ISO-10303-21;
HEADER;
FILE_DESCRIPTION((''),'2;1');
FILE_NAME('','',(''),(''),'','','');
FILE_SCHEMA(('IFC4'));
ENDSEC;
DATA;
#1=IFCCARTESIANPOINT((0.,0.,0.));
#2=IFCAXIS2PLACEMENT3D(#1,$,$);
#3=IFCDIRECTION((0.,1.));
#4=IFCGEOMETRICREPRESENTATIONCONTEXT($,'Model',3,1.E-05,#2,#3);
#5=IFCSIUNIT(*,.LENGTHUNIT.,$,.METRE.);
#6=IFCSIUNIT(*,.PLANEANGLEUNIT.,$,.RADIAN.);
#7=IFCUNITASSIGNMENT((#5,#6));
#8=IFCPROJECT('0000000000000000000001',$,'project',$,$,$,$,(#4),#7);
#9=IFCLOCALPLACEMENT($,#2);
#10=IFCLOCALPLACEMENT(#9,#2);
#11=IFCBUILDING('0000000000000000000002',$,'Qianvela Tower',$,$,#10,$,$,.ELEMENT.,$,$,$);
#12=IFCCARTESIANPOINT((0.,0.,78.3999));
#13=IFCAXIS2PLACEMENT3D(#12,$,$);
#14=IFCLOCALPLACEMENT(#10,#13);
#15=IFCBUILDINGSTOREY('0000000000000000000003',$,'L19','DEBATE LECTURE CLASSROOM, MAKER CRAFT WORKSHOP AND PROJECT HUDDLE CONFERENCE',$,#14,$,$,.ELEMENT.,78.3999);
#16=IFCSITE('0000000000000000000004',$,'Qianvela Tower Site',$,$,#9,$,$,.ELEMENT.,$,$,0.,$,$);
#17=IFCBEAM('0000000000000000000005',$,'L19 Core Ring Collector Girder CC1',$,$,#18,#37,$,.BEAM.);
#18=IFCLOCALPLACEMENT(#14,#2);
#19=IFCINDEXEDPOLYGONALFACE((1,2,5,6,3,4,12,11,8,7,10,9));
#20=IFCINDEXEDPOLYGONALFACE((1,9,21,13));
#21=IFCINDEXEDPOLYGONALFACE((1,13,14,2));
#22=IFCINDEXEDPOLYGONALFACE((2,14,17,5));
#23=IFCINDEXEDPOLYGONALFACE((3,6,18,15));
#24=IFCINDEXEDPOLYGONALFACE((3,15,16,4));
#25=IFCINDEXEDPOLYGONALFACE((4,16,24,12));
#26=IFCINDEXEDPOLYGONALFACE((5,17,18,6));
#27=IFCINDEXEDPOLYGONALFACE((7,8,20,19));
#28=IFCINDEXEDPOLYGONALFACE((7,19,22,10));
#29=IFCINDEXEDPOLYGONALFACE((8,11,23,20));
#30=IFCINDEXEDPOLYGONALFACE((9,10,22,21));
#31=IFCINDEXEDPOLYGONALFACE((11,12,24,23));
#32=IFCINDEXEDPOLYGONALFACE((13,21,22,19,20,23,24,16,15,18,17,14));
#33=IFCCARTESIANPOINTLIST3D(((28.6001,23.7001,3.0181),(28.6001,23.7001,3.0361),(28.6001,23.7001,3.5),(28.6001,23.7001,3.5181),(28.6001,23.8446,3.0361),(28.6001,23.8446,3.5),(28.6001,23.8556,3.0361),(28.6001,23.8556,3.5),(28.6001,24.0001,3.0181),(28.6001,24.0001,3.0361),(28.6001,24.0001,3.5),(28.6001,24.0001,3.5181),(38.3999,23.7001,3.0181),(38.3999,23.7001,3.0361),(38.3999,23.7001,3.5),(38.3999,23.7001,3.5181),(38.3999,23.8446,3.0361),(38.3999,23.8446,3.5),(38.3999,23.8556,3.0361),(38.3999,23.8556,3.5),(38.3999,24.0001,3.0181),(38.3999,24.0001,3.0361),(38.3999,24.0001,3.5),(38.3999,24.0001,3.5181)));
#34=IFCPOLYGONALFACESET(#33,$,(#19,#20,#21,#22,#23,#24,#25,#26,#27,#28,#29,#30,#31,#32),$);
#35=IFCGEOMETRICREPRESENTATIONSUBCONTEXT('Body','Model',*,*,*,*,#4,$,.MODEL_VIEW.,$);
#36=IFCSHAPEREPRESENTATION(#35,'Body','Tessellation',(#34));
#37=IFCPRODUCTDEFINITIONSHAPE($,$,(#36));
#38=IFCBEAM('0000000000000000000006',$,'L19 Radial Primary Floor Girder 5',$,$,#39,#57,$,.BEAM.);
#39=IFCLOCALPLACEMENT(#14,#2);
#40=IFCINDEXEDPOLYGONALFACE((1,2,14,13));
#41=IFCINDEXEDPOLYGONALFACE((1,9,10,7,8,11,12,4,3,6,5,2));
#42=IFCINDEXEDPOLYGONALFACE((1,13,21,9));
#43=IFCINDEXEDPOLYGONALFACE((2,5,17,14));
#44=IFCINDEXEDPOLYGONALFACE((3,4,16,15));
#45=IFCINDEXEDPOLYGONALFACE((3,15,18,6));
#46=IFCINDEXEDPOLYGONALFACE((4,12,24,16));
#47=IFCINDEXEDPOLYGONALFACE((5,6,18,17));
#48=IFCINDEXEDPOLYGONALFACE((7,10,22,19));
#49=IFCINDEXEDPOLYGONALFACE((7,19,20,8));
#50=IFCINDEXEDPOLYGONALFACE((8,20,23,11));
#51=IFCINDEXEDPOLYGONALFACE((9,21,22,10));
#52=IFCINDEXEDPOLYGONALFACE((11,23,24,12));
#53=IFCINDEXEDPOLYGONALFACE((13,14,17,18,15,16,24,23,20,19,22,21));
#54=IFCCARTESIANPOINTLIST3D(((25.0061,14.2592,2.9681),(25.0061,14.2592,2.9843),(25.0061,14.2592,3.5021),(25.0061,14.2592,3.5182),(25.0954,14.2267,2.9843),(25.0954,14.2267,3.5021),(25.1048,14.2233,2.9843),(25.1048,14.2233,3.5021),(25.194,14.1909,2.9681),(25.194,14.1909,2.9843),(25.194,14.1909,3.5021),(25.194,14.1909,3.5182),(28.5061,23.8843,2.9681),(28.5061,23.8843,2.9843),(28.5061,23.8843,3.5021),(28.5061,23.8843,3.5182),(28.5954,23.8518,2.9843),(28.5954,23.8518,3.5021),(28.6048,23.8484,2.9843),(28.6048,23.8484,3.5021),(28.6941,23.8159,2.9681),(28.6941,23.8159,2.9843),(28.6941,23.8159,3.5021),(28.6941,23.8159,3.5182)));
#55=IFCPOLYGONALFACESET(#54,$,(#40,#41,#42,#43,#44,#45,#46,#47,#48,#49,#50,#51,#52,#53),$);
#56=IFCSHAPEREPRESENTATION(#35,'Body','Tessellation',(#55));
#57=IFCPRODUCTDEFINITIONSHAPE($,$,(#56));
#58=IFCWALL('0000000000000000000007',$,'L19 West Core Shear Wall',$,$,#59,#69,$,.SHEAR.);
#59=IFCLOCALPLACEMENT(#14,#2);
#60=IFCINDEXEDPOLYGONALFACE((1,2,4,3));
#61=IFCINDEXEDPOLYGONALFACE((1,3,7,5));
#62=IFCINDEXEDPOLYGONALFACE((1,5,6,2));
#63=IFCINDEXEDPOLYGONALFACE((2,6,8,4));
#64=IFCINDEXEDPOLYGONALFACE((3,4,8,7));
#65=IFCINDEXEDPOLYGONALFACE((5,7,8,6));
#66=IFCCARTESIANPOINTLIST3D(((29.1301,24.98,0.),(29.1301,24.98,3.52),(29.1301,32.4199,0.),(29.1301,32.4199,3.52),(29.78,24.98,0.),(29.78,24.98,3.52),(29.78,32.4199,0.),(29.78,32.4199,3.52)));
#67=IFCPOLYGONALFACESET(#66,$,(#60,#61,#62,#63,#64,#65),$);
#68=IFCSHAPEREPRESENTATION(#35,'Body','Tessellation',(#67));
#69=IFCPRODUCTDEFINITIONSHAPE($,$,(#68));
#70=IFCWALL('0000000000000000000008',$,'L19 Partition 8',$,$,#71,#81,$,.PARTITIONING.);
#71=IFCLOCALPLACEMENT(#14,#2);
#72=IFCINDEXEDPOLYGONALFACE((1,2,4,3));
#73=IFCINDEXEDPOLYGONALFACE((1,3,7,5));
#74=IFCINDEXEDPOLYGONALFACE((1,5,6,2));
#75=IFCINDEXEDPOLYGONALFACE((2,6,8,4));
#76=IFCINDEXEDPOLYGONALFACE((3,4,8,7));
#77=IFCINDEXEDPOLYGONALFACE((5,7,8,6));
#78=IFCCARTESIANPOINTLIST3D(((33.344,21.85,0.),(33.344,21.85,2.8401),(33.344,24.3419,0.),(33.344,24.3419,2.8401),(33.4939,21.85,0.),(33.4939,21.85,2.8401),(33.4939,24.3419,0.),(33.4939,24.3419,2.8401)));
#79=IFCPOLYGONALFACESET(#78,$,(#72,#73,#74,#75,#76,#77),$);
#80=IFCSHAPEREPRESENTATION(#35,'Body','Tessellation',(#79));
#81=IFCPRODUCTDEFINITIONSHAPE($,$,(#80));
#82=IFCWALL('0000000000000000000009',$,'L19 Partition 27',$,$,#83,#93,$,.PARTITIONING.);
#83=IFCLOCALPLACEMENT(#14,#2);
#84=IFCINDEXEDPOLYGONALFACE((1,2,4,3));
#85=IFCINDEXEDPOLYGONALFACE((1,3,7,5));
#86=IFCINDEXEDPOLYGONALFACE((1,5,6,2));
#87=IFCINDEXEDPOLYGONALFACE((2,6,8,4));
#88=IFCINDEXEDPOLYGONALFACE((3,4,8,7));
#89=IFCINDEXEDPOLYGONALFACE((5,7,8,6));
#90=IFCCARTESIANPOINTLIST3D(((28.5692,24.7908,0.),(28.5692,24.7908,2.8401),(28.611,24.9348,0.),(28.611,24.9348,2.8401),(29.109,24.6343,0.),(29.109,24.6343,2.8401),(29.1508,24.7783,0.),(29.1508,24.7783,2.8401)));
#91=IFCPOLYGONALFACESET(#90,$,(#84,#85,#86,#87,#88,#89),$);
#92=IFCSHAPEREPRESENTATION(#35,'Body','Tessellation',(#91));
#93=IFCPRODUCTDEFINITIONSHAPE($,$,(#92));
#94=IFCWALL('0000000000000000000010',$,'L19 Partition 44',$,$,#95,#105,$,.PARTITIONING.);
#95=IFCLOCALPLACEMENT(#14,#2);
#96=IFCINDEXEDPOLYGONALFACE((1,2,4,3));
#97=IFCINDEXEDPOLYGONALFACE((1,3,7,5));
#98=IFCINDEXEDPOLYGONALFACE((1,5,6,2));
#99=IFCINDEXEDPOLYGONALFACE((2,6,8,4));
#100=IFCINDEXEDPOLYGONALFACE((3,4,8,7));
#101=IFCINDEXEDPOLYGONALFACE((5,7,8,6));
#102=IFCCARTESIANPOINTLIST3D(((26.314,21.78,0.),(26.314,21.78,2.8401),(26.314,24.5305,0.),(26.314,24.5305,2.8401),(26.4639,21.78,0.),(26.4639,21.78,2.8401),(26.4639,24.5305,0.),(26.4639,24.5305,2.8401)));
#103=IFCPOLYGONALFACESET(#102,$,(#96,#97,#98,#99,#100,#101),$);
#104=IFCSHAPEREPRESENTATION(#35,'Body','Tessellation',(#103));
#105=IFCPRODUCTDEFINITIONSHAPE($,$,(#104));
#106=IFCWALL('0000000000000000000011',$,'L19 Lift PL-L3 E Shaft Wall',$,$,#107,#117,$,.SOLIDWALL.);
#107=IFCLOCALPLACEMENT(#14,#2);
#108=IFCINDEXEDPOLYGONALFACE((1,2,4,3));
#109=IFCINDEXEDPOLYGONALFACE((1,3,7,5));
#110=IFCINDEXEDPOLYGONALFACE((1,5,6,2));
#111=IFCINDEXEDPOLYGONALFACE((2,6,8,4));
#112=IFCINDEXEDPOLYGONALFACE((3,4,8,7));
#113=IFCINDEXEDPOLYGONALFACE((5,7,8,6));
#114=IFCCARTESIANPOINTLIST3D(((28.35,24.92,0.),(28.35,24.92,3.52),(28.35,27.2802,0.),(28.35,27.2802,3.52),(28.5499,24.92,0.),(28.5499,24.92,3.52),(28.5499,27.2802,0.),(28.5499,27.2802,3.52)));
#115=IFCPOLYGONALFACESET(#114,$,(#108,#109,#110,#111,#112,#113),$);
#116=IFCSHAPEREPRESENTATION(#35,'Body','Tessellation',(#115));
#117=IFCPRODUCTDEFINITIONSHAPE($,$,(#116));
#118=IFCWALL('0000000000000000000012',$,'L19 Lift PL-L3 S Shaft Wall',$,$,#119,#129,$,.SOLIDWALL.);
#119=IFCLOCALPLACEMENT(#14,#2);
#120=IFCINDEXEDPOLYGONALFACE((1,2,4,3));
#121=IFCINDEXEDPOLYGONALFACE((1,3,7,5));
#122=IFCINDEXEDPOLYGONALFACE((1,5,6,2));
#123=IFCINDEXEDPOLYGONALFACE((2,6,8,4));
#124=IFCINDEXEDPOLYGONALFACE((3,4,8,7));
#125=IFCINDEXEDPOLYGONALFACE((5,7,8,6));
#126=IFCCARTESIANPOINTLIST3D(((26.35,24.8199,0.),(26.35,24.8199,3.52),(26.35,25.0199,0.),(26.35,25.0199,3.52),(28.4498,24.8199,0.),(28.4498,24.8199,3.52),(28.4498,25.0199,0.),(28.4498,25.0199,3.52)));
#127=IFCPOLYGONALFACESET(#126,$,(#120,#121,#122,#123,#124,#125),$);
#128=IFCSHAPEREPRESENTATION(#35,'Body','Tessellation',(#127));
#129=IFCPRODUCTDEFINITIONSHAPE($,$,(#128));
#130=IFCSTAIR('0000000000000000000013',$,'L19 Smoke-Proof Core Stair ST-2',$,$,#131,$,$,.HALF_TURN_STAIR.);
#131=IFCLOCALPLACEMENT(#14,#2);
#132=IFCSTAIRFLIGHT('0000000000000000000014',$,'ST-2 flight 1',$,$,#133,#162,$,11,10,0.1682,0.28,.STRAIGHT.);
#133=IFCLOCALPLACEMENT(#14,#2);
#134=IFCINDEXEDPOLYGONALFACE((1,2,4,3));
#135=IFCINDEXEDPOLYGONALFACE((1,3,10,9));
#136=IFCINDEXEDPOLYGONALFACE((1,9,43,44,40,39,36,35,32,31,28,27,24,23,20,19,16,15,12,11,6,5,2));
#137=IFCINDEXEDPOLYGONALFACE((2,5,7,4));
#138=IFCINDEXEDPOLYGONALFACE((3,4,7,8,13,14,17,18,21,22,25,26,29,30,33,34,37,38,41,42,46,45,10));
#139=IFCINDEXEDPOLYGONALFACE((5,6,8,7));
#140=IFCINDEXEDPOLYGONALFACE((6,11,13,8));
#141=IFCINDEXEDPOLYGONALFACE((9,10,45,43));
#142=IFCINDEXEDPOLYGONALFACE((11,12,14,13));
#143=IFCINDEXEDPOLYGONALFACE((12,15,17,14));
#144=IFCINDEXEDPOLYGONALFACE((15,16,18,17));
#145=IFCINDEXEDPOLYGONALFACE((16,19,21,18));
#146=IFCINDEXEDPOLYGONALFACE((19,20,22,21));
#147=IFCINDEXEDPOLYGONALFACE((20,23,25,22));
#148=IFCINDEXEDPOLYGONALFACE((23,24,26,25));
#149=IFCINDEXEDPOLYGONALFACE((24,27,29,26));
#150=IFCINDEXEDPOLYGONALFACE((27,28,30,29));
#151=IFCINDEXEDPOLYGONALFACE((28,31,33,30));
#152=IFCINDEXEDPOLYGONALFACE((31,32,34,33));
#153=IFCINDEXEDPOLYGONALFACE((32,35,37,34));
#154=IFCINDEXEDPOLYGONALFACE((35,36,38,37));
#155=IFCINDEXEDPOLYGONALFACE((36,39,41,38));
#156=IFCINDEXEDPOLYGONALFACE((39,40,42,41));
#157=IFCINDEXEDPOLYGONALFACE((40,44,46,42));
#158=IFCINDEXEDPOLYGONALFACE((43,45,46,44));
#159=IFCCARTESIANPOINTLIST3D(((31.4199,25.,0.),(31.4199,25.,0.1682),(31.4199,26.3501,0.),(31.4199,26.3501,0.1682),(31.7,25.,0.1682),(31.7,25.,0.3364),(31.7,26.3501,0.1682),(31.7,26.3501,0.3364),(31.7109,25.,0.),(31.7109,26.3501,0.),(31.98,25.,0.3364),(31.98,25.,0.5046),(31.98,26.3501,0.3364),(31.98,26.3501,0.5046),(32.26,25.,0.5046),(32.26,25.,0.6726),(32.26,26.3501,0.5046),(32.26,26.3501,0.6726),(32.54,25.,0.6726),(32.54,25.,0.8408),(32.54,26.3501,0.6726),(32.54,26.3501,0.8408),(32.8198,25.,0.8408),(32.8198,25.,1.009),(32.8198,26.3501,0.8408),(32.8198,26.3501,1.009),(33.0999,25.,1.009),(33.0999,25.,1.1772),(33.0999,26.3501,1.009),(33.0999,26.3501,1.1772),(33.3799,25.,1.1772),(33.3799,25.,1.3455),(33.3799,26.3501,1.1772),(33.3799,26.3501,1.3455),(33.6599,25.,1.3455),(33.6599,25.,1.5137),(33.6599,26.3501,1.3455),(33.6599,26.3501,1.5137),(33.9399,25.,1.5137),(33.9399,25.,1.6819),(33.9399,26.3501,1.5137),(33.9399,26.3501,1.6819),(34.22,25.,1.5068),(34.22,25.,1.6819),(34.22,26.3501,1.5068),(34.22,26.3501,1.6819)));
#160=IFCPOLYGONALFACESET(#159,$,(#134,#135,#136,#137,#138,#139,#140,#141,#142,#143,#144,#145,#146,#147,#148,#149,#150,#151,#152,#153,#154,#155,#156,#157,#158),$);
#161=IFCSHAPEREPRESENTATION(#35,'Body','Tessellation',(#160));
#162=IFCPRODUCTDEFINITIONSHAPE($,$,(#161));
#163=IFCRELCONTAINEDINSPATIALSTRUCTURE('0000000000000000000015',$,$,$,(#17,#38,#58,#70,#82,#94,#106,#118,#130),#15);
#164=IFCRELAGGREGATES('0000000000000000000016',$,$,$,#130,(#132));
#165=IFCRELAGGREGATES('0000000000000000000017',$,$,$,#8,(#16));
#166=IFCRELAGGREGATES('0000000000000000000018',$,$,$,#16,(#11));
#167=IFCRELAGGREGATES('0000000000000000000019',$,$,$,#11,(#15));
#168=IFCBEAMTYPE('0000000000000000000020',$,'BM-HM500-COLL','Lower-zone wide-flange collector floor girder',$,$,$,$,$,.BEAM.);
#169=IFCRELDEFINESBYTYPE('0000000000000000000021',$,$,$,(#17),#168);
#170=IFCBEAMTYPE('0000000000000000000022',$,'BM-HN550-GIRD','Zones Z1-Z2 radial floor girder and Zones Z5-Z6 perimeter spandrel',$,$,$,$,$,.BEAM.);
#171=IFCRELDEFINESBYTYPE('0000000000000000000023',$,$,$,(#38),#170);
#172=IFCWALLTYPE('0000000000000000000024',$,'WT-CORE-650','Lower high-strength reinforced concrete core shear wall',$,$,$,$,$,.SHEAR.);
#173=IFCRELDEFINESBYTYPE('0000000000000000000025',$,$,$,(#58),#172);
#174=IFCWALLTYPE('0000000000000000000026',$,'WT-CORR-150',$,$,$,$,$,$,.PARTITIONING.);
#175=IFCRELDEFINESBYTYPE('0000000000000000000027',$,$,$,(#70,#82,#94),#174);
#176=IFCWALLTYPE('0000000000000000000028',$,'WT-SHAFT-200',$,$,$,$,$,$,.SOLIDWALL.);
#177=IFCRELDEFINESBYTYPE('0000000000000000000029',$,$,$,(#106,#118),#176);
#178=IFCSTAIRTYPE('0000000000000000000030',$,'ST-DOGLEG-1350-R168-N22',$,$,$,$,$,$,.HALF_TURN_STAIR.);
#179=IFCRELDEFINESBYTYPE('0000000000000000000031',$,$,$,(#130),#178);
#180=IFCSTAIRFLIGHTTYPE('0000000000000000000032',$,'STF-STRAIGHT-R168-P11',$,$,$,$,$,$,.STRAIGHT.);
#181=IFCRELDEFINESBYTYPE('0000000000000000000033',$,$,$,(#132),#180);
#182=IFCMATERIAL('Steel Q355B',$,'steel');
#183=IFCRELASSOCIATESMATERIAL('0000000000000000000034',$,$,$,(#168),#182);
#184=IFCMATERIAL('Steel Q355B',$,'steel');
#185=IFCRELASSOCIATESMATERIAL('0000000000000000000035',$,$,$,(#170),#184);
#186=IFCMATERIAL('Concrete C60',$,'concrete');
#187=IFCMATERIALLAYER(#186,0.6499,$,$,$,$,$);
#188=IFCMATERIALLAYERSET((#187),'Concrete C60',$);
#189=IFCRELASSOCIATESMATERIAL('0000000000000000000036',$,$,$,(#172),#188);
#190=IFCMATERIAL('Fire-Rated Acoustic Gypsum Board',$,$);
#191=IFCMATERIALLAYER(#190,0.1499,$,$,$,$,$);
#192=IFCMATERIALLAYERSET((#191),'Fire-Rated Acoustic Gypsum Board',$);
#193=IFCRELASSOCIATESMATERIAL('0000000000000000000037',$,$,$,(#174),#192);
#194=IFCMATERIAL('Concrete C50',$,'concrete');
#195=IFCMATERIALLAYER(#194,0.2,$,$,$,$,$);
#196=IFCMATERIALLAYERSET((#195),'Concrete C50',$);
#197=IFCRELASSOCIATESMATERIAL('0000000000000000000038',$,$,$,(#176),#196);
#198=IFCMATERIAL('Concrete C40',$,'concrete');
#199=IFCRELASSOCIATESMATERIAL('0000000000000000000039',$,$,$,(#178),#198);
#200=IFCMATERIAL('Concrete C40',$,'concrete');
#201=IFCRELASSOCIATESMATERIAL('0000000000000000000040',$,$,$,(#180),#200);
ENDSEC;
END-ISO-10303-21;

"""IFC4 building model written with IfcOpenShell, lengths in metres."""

from ifc_helpers import new_model, si_unit, direction, frame, frame_2d, origin, origin_2d, place, context, subcontext, project, spatial, polyline, rectangle, i_section, outline, extrude, material, layer, layer_set, material_profile, profile_set, type_object, element, aggregate, save


model = new_model("IFC4")

# Units and contexts
model_context = context("Model", 3, precision=1e-05, world=origin(), true_north=direction((0.0, 1.0)))
body_context = subcontext(model_context, "Body", "Model", "MODEL_VIEW")
ifc_project = project(units=[si_unit("LENGTHUNIT", "METRE"), si_unit("PLANEANGLEUNIT", "RADIAN")], contexts=[model_context])

# Site, building, storey
site_placement = place(None, origin())
site = spatial("IfcSite", under=ifc_project, at=site_placement, Name="Qianvela Tower Site", CompositionType="ELEMENT", RefElevation=0.0)
building_placement = place(site_placement, origin())
building = spatial("IfcBuilding", under=site, at=building_placement, Name="Qianvela Tower", CompositionType="ELEMENT")
storey_placement = place(building_placement, frame((0.0, 0.0, 78.3999)))
storey = spatial("IfcBuildingStorey", under=building, at=storey_placement, Name="L19", Description="DEBATE LECTURE CLASSROOM, MAKER CRAFT WORKSHOP AND PROJECT HUDDLE CONFERENCE", CompositionType="ELEMENT", Elevation=78.3999)

# Beams
ifc_material_1 = material(Name="Steel Q355B", Category="steel")
ifc_material_profile_1 = material_profile(ifc_material_1, i_section(OverallWidth=0.3, OverallDepth=0.5, WebThickness=0.011, FlangeThickness=0.0181, at=origin_2d()), Name="HM500x300x11x18")
ifc_profile_set_1 = profile_set([ifc_material_profile_1], Name="Steel Q355B")
beam_type_1 = type_object("IfcBeamType", Name="BM-HM500-COLL", Description="Lower-zone wide-flange collector floor girder", PredefinedType="BEAM", material=ifc_profile_set_1)
beam_1_placement = place(storey_placement, frame((28.6001, 23.8501, 3.2681), z_axis=(1.0, 0.0, 0.0), x_axis=(0.0, 1.0, 0.0)))
element("IfcBeam", 1, at=beam_1_placement, inside=storey, type_object=beam_type_1, Name="L19 Core Ring Collector Girder CC1", PredefinedType="BEAM", context=body_context, shape_type="SweptSolid", body=[
    extrude(i_section(OverallWidth=0.3, OverallDepth=0.5, WebThickness=0.011, FlangeThickness=0.0181, at=origin_2d()), origin(), (0.0, 0.0, 1.0), 9.7998),
])
ifc_material_2 = material(Name="Steel Q355B", Category="steel")
ifc_material_profile_2 = material_profile(ifc_material_2, i_section(OverallWidth=0.2, OverallDepth=0.55, WebThickness=0.01, FlangeThickness=0.0161, at=origin_2d()), Name="HN550x200x10x16")
ifc_profile_set_2 = profile_set([ifc_material_profile_2], Name="Steel Q355B")
beam_type_2 = type_object("IfcBeamType", Name="BM-HN550-GIRD", Description="Zones Z1-Z2 radial floor girder and Zones Z5-Z6 perimeter spandrel", PredefinedType="BEAM", material=ifc_profile_set_2)
beam_2_placement = place(storey_placement, frame((28.6001, 23.8501, 3.2432), z_axis=(-0.341743, -0.939793, 0.0), x_axis=(0.939793, -0.341743, 0.0)))
element("IfcBeam", 2, at=beam_2_placement, inside=storey, type_object=beam_type_2, Name="L19 Radial Primary Floor Girder 5", PredefinedType="BEAM", context=body_context, shape_type="SweptSolid", body=[
    extrude(i_section(OverallWidth=0.2, OverallDepth=0.55, WebThickness=0.01, FlangeThickness=0.0161, at=origin_2d()), origin(), (0.0, 0.0, 1.0), 10.2417),
])

# Shared definitions
ifc_material_3 = material(Name="Concrete C60", Category="concrete")
ifc_layer_1 = layer(ifc_material_3, 0.6499)
ifc_layer_set_1 = layer_set([ifc_layer_1], Name="Concrete C60")
wall_type_1 = type_object("IfcWallType", Name="WT-CORE-650", Description="Lower high-strength reinforced concrete core shear wall", PredefinedType="SHEAR", material=ifc_layer_set_1)

# Walls
wall_1_placement = place(storey_placement, frame((29.4551, 24.98, 0.0), z_axis=(0.0, 0.0, 1.0), x_axis=(0.0, 1.0, 0.0)))
element("IfcWall", 3, at=wall_1_placement, inside=storey, type_object=wall_type_1, Name="L19 West Core Shear Wall", PredefinedType="SHEAR", context=body_context, shape_type="SweptSolid", body=[
    extrude(rectangle(XDim=7.4399, YDim=0.6499, at=frame_2d((3.72, 0.0))), origin(), (0.0, 0.0, 1.0), 3.52),
])
ifc_material_4 = material(Name="Fire-Rated Acoustic Gypsum Board")
ifc_layer_2 = layer(ifc_material_4, 0.1499)
ifc_layer_set_2 = layer_set([ifc_layer_2], Name="Fire-Rated Acoustic Gypsum Board")
wall_type_2 = type_object("IfcWallType", Name="WT-CORR-150", PredefinedType="PARTITIONING", material=ifc_layer_set_2)
wall_2_placement = place(storey_placement, frame((33.4189, 24.342, 0.0), z_axis=(0.0, 0.0, 1.0), x_axis=(0.0, -1.0, 0.0)))
element("IfcWall", 4, at=wall_2_placement, inside=storey, type_object=wall_type_2, Name="L19 Partition 8", PredefinedType="PARTITIONING", context=body_context, shape_type="SweptSolid", body=[
    extrude(rectangle(XDim=2.4919, YDim=0.1499, at=frame_2d((1.2461, 0.0))), origin(), (0.0, 0.0, 1.0), 2.8401),
])
wall_3_placement = place(storey_placement, frame((29.1299, 24.7063, 0.0), z_axis=(0.0, 0.0, 1.0), x_axis=(-0.960451, 0.278448, 0.0)))
element("IfcWall", 5, at=wall_3_placement, inside=storey, type_object=wall_type_2, Name="L19 Partition 27", PredefinedType="PARTITIONING", context=body_context, shape_type="SweptSolid", body=[
    extrude(rectangle(XDim=0.562, YDim=0.1499, at=frame_2d((0.281, 0.0))), origin(), (0.0, 0.0, 1.0), 2.8401),
])
wall_4_placement = place(storey_placement, frame((26.3889, 24.5305, 0.0), z_axis=(0.0, 0.0, 1.0), x_axis=(0.0, -1.0, 0.0)))
element("IfcWall", 6, at=wall_4_placement, inside=storey, type_object=wall_type_2, Name="L19 Partition 44", PredefinedType="PARTITIONING", context=body_context, shape_type="SweptSolid", body=[
    extrude(rectangle(XDim=2.7505, YDim=0.1499, at=frame_2d((1.3752, 0.0))), origin(), (0.0, 0.0, 1.0), 2.8401),
])
ifc_material_5 = material(Name="Concrete C50", Category="concrete")
ifc_layer_3 = layer(ifc_material_5, 0.2)
ifc_layer_set_3 = layer_set([ifc_layer_3], Name="Concrete C50")
wall_type_3 = type_object("IfcWallType", Name="WT-SHAFT-200", PredefinedType="SOLIDWALL", material=ifc_layer_set_3)
wall_5_placement = place(storey_placement, frame((28.45, 24.9199, 0.0), z_axis=(0.0, 0.0, 1.0), x_axis=(0.0, 1.0, 0.0)))
element("IfcWall", 7, at=wall_5_placement, inside=storey, type_object=wall_type_3, Name="L19 Lift PL-L3 E Shaft Wall", PredefinedType="SOLIDWALL", context=body_context, shape_type="SweptSolid", body=[
    extrude(rectangle(XDim=2.3601, YDim=0.2, at=frame_2d((1.1802, 0.0))), origin(), (0.0, 0.0, 1.0), 3.52),
])

# Wall
wall_6_placement = place(storey_placement, frame((26.3501, 24.9199, 0.0), z_axis=(0.0, 0.0, 1.0), x_axis=(1.0, 0.0, 0.0)))
element("IfcWall", 8, at=wall_6_placement, inside=storey, type_object=wall_type_3, Name="L19 Lift PL-L3 S Shaft Wall", PredefinedType="SOLIDWALL", context=body_context, shape_type="SweptSolid", body=[
    extrude(rectangle(XDim=2.0999, YDim=0.2, at=frame_2d((1.0498, 0.0))), origin(), (0.0, 0.0, 1.0), 3.52),
])

# Stair, stair flight
ifc_material_6 = material(Name="Concrete C40", Category="concrete")
stair_type = type_object("IfcStairType", Name="ST-DOGLEG-1350-R168-N22", PredefinedType="HALF_TURN_STAIR", material=ifc_material_6)
stair_placement = place(storey_placement, origin())
stair = element("IfcStair", 9, at=stair_placement, inside=storey, type_object=stair_type, Name="L19 Smoke-Proof Core Stair ST-2", PredefinedType="HALF_TURN_STAIR")
ifc_material_7 = material(Name="Concrete C40", Category="concrete")
stair_flight_type = type_object("IfcStairFlightType", Name="STF-STRAIGHT-R168-P11", PredefinedType="STRAIGHT", material=ifc_material_7)
stair_flight_placement = place(storey_placement, frame((31.4199, 25.675, 0.0), z_axis=(0.0, 0.0, 1.0), x_axis=(1.0, 0.0, 0.0)))
stair_flight = element("IfcStairFlight", 10, at=stair_flight_placement, type_object=stair_flight_type, Name="ST-2 flight 1", NumberOfRisers=11, NumberOfTreads=10, PredefinedType="STRAIGHT", RiserHeight=0.1682, TreadLength=0.28, context=body_context, shape_type="SweptSolid", body=[
    extrude(outline(polyline([(0.0, 0.0), (0.0, 0.1682), (0.28, 0.1682), (0.28, 0.3364), (0.5601, 0.3364), (0.5601, 0.5046), (0.8401, 0.5046), (0.8401, 0.6726), (1.1201, 0.6726), (1.1201, 0.8408), (1.3999, 0.8408), (1.3999, 1.009), (1.6799, 1.009), (1.6799, 1.1772), (1.96, 1.1772), (1.96, 1.3455), (2.24, 1.3455), (2.24, 1.5137), (2.52, 1.5137), (2.52, 1.6819), (2.8, 1.6819), (2.8, 1.8501), (2.8, 1.5068), (0.291, 0.0), (0.0, 0.0)])), frame((0.0, 0.675, 0.0), z_axis=(0.0, -1.0, 0.0), x_axis=(1.0, 0.0, 0.0)), (0.0, 0.0, 1.0), 1.3501),
])
aggregate(stair, [stair_flight])

save(model, "model.ifc")
